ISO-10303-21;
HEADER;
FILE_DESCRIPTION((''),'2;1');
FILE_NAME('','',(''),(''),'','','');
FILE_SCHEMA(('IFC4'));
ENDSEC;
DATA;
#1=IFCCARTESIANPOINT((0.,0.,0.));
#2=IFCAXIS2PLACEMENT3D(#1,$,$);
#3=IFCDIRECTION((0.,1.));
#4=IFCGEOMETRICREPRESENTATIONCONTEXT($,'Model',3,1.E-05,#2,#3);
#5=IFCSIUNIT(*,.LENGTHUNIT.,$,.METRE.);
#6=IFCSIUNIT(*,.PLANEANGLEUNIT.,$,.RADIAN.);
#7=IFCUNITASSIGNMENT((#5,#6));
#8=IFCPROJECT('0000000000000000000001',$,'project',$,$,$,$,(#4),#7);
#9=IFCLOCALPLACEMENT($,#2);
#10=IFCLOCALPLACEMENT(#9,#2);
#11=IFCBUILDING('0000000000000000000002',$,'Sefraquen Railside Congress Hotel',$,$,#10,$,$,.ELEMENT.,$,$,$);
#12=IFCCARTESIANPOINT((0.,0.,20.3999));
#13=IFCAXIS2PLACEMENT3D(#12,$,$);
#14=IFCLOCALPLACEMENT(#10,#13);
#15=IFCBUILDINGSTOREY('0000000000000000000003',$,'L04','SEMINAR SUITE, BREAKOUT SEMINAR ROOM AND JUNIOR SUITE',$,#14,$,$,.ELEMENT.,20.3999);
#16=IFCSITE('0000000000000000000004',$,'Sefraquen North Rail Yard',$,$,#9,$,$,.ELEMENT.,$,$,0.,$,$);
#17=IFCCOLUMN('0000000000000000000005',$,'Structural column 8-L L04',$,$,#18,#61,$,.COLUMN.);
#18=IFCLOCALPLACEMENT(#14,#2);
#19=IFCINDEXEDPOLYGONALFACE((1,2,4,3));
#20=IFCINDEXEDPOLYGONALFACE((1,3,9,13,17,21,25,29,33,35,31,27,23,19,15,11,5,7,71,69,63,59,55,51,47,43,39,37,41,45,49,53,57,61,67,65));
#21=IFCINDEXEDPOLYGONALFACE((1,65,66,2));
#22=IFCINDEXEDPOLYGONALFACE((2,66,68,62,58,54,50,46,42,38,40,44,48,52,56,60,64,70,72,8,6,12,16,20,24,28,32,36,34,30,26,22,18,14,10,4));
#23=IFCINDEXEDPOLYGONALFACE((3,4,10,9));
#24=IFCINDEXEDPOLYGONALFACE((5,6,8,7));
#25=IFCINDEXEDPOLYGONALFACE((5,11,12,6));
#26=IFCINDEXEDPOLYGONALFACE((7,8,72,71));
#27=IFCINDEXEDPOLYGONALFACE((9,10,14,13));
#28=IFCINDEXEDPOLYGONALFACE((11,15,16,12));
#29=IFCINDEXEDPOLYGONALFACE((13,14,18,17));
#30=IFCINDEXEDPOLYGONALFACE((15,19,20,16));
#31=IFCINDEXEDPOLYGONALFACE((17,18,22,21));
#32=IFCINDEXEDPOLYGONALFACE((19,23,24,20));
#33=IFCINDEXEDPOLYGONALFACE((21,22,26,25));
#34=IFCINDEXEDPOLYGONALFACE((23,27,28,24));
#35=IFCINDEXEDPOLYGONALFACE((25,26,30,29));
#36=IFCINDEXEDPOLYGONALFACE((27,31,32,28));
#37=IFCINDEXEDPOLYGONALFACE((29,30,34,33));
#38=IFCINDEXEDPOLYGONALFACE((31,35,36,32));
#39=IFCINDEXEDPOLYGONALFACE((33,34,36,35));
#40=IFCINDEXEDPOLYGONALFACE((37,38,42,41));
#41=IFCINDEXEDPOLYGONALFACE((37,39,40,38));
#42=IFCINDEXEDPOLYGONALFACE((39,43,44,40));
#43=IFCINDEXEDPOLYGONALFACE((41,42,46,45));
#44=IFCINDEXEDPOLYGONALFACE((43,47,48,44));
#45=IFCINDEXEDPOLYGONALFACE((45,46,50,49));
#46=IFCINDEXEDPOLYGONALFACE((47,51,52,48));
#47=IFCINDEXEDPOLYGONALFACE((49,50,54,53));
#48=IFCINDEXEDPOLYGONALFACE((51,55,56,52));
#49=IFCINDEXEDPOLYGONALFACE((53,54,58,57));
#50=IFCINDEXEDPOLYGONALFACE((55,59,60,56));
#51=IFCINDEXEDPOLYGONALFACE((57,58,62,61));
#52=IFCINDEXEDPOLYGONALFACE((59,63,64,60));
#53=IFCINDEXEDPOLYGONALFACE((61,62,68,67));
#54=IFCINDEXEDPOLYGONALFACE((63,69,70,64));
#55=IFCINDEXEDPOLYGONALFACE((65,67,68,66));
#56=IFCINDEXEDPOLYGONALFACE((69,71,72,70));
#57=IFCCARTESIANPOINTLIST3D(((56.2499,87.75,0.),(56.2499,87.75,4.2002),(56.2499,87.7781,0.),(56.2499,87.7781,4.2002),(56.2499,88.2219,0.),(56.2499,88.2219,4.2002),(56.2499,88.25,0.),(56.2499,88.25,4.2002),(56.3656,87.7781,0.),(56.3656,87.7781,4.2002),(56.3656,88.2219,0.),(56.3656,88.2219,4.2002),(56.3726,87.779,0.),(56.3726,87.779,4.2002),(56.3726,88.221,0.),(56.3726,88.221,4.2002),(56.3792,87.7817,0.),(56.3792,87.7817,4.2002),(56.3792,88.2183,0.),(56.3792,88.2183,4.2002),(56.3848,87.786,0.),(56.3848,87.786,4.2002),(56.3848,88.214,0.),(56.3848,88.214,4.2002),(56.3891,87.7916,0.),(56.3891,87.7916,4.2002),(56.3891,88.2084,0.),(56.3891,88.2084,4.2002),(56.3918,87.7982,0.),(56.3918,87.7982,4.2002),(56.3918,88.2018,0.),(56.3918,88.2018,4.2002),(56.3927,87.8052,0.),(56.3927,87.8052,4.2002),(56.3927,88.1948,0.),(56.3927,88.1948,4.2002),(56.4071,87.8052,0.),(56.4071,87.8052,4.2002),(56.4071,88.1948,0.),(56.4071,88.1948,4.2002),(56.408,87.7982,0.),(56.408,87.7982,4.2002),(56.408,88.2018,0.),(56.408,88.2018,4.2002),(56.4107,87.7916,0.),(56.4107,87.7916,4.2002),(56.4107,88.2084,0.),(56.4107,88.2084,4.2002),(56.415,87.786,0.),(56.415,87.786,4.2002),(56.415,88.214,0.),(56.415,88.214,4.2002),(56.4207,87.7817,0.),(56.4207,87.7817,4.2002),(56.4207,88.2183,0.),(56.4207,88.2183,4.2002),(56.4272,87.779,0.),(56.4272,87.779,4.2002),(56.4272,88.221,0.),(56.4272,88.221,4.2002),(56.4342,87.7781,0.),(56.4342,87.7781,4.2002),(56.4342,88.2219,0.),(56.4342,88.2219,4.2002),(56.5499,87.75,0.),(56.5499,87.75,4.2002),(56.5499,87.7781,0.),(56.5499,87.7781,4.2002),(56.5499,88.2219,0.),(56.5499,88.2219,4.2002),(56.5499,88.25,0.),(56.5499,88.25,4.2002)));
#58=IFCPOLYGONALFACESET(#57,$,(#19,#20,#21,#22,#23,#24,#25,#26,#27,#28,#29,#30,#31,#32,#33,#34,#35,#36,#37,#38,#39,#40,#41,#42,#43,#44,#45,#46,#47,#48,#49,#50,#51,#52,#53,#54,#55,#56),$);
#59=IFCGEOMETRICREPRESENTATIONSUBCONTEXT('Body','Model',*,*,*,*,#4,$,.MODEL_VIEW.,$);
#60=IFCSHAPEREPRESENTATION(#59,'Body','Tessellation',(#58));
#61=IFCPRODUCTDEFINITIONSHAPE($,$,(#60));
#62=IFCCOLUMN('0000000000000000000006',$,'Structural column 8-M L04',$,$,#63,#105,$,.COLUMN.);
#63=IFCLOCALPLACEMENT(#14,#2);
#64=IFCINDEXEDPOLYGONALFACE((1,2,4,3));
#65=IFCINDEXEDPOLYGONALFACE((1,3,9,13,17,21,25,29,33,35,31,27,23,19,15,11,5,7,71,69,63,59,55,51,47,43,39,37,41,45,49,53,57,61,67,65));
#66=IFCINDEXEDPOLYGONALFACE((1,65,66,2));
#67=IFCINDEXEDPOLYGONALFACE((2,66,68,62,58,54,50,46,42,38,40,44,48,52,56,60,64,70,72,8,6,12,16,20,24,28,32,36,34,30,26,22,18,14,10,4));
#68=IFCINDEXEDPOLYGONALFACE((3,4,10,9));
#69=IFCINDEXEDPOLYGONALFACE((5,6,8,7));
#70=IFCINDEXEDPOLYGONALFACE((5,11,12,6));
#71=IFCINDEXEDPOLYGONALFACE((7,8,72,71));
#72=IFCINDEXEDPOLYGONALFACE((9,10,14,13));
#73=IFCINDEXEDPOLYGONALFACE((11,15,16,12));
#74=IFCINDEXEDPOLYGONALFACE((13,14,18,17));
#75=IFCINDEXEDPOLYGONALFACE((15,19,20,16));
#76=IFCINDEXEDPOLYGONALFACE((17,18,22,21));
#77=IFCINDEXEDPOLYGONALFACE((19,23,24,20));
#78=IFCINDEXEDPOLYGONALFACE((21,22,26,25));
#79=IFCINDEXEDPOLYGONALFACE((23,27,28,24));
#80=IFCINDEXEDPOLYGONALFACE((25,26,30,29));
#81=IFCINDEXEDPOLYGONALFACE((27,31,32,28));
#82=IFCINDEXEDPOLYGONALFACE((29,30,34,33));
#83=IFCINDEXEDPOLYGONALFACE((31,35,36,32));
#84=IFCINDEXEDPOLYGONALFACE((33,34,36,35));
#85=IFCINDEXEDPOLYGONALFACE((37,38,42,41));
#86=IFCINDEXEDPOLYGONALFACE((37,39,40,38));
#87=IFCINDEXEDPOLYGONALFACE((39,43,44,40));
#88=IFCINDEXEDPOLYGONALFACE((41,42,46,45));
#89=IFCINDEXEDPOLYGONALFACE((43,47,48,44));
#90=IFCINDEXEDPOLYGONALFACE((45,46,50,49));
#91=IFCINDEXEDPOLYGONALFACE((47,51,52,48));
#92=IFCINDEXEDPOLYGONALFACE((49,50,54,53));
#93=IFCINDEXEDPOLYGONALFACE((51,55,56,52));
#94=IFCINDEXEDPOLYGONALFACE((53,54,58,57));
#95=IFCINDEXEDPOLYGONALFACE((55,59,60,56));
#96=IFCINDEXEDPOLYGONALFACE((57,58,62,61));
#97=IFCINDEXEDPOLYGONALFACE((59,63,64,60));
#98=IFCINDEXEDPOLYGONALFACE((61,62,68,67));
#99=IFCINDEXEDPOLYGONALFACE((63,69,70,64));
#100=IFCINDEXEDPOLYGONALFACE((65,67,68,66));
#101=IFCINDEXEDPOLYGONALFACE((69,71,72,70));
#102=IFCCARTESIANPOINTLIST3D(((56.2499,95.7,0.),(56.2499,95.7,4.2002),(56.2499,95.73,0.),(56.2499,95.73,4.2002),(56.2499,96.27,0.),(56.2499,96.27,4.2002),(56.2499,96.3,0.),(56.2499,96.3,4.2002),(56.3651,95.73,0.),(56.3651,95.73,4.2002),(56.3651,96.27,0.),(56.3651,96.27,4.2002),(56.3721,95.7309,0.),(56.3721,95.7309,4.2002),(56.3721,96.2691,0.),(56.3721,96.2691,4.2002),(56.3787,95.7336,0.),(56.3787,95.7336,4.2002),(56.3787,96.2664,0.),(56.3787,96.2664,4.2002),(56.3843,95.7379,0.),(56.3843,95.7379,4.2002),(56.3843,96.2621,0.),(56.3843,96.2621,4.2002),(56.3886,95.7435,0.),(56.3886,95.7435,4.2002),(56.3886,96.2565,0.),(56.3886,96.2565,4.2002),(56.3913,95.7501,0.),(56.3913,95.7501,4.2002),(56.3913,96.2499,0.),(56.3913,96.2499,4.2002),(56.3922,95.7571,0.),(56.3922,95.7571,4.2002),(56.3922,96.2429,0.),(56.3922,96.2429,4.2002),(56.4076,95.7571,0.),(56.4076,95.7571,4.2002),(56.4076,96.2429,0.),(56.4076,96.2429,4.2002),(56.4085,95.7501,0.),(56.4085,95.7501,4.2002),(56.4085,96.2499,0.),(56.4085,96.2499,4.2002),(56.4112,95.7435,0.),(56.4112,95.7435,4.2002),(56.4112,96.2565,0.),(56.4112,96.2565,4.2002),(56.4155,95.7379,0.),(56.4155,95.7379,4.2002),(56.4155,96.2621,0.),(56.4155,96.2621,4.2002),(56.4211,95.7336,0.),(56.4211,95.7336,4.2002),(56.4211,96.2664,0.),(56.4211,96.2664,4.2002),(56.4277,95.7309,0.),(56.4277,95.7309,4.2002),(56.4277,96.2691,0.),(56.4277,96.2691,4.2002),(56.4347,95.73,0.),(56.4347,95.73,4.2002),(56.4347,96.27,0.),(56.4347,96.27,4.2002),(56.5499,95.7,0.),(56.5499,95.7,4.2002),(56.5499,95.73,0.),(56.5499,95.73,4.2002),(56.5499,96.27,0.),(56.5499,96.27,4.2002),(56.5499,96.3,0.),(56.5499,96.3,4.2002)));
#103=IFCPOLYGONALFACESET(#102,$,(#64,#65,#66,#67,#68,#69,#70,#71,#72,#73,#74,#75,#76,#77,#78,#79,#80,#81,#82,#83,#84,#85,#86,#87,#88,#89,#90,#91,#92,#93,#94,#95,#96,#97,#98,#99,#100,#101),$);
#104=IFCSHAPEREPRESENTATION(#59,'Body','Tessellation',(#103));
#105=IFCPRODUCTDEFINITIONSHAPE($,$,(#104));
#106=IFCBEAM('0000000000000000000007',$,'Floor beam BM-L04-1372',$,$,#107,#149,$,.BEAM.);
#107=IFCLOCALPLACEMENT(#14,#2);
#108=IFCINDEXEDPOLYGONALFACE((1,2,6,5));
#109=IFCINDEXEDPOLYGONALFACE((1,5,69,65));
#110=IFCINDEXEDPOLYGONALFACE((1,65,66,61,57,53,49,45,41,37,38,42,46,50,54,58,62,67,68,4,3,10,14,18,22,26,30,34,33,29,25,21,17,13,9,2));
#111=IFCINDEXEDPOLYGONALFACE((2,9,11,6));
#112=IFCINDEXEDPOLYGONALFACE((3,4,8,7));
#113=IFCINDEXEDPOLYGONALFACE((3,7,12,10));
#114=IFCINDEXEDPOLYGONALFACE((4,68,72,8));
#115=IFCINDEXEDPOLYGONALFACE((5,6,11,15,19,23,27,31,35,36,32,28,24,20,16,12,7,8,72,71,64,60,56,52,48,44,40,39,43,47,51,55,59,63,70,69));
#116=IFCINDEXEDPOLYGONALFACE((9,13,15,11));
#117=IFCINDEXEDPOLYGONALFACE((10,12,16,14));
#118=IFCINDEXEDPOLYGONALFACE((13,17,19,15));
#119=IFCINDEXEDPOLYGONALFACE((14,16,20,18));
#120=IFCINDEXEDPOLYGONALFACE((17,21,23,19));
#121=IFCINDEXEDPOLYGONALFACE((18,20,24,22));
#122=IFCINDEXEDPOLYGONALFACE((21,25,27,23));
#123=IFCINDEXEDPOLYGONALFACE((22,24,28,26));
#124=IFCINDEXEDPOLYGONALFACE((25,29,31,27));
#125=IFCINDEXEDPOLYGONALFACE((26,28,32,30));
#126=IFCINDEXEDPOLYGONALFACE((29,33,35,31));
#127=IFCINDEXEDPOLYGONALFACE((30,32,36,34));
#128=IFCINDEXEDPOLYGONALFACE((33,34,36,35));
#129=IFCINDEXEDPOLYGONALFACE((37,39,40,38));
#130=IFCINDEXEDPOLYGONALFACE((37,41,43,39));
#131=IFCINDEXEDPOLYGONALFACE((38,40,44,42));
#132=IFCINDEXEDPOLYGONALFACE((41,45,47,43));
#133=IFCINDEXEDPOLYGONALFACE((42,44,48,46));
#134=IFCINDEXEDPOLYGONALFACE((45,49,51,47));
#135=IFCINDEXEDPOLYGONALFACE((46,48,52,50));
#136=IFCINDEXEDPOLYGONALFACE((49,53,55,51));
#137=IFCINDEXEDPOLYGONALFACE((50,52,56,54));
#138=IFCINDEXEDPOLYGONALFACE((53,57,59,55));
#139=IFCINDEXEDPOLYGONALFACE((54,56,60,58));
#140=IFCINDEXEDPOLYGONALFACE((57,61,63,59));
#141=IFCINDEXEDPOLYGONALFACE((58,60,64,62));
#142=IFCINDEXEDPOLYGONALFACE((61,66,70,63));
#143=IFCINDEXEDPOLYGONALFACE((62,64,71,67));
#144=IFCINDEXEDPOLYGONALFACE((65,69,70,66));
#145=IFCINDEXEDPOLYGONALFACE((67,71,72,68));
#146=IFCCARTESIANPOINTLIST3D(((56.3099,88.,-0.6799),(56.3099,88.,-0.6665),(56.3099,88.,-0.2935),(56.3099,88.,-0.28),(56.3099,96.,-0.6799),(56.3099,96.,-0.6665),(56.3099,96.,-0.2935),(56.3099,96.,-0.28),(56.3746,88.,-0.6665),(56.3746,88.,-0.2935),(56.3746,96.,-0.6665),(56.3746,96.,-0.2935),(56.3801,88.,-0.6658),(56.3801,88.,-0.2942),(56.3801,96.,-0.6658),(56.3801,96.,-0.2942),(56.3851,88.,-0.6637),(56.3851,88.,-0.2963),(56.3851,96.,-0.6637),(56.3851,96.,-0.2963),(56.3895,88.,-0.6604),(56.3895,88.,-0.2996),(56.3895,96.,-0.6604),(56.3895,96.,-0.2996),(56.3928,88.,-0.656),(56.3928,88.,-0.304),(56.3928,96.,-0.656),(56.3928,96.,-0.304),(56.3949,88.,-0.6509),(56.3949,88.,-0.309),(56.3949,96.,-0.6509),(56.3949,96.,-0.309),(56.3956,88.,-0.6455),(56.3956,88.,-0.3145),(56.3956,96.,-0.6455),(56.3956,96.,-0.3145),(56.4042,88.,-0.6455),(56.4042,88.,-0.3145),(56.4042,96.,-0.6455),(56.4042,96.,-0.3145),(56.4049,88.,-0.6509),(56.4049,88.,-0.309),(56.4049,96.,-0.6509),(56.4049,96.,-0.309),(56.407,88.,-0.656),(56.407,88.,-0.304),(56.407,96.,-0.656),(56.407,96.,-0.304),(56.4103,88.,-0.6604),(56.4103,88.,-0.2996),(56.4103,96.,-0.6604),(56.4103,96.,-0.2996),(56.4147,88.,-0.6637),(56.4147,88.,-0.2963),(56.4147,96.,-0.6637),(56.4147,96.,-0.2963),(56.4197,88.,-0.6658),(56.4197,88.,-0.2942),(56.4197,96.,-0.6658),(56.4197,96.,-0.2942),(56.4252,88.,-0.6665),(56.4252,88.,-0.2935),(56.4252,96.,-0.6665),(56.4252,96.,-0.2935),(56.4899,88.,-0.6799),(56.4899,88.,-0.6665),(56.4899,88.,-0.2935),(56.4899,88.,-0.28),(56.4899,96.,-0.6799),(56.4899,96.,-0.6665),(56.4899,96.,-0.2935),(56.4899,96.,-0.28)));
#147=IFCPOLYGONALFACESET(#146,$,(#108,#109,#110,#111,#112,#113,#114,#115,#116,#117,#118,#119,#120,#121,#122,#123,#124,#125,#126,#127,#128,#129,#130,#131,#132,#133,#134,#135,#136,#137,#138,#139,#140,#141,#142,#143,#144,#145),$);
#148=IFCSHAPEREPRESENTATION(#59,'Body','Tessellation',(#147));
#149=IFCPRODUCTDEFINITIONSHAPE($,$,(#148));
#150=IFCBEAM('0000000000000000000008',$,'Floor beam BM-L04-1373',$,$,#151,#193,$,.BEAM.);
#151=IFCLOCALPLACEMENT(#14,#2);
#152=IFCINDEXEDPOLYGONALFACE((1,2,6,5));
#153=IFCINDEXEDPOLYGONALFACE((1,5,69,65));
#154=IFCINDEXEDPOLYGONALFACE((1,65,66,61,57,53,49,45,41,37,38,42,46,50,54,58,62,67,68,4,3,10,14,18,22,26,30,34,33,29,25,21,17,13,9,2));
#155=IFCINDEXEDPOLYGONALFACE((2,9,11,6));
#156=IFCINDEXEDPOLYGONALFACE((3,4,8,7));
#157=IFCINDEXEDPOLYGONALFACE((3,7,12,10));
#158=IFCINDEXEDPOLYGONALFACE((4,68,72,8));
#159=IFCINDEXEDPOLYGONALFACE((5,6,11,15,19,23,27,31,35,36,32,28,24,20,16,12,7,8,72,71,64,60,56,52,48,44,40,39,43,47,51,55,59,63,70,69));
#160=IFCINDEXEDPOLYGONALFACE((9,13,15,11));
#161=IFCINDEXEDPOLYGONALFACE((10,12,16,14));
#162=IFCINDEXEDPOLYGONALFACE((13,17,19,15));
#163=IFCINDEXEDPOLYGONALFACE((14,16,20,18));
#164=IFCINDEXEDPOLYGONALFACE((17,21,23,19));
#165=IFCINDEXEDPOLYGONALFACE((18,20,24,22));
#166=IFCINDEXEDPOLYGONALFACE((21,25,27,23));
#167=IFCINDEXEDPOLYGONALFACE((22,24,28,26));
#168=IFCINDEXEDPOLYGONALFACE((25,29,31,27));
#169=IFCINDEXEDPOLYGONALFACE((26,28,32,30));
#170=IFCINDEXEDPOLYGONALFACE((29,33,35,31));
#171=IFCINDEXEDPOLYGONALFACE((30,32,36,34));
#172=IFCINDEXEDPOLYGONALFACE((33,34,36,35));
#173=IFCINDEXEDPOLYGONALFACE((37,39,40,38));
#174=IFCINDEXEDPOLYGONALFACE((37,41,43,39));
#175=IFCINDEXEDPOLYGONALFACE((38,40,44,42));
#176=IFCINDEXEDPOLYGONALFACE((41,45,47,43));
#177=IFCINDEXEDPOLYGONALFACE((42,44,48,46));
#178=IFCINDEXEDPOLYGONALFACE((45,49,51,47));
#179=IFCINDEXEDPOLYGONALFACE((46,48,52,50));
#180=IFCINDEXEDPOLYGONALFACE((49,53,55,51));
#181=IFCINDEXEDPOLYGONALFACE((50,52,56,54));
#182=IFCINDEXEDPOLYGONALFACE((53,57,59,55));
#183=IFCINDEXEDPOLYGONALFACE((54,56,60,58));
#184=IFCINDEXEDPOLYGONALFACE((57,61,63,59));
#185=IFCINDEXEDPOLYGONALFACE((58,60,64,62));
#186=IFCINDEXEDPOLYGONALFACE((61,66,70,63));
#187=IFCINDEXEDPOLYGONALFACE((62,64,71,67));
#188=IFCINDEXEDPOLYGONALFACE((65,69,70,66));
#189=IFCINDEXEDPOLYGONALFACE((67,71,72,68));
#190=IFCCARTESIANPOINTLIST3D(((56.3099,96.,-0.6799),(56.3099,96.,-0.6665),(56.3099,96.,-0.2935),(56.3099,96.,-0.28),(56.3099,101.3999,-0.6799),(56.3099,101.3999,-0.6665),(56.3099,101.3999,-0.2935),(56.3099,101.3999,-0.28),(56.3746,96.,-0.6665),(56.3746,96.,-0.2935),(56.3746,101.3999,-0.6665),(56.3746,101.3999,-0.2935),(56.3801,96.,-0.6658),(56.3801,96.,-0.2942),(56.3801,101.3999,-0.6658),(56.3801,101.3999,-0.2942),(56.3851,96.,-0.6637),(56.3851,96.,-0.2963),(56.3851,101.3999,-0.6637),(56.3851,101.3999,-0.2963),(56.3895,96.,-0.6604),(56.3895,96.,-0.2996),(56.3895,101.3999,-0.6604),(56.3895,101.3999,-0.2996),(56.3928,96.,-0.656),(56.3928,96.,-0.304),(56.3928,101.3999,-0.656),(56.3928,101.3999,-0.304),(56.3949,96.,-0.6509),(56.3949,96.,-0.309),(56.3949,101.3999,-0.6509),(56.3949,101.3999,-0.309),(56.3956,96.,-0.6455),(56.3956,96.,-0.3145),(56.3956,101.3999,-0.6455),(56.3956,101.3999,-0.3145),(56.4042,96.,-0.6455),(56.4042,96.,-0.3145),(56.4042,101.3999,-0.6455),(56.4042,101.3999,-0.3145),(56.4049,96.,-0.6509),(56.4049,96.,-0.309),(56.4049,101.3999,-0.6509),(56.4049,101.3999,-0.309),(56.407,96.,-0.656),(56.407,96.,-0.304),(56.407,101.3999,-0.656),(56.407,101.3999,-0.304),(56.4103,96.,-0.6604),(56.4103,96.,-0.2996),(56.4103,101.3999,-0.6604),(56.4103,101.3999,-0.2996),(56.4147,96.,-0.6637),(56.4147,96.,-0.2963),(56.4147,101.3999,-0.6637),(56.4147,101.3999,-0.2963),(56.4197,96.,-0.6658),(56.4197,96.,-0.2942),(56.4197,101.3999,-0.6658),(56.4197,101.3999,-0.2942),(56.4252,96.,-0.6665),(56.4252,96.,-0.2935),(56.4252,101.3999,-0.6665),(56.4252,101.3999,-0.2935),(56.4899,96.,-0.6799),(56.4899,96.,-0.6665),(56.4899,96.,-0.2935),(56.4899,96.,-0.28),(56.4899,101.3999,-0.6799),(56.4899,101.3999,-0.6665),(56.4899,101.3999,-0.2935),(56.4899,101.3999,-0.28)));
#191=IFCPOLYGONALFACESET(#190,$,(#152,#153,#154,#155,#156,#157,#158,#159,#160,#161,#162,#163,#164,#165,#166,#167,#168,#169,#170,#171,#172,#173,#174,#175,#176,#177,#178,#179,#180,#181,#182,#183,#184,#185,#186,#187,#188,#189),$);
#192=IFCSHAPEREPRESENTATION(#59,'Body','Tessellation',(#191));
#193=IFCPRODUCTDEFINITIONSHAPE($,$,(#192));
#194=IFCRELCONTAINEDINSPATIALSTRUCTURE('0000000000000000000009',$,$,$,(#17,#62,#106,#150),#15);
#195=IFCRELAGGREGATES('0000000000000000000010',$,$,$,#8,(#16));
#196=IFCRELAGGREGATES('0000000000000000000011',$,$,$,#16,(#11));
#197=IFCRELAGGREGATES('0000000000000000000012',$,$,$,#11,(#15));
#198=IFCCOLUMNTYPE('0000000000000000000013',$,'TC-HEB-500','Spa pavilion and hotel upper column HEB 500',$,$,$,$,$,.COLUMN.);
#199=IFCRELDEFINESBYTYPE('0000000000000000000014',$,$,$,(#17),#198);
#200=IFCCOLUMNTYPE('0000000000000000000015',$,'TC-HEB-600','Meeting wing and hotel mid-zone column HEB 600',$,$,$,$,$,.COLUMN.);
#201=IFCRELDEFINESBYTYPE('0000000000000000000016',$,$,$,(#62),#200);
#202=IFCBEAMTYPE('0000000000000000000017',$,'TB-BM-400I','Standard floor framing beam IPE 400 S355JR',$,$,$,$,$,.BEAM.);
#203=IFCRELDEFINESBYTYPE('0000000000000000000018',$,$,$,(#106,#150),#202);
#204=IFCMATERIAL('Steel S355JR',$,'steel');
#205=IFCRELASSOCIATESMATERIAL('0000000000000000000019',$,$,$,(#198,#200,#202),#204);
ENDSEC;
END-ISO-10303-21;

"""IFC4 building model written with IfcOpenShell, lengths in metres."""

from ifc_helpers import new_model, si_unit, direction, frame, origin, origin_2d, place, context, subcontext, project, spatial, i_section, extrude, material, material_profile, profile_set, type_object, element, save


model = new_model("IFC4")

# Units and contexts
model_context = context("Model", 3, precision=1e-05, world=origin(), true_north=direction((0.0, 1.0)))
body_context = subcontext(model_context, "Body", "Model", "MODEL_VIEW")
ifc_project = project(units=[si_unit("LENGTHUNIT", "METRE"), si_unit("PLANEANGLEUNIT", "RADIAN")], contexts=[model_context])

# Site, building, storey
site_placement = place(None, origin())
site = spatial("IfcSite", under=ifc_project, at=site_placement, Name="Sefraquen North Rail Yard", CompositionType="ELEMENT", RefElevation=0.0)
building_placement = place(site_placement, origin())
building = spatial("IfcBuilding", under=site, at=building_placement, Name="Sefraquen Railside Congress Hotel", CompositionType="ELEMENT")
storey_placement = place(building_placement, frame((0.0, 0.0, 20.3999)))
storey = spatial("IfcBuildingStorey", under=building, at=storey_placement, Name="L04", Description="SEMINAR SUITE, BREAKOUT SEMINAR ROOM AND JUNIOR SUITE", CompositionType="ELEMENT", Elevation=20.3999)

# Columns
ifc_material_1 = material(Name="Steel S355JR", Category="steel")
ifc_material_profile_1 = material_profile(ifc_material_1, i_section(OverallWidth=0.3, OverallDepth=0.5, WebThickness=0.0144, FlangeThickness=0.0281, FilletRadius=0.0271, at=origin_2d()), Name="HEB 500")
ifc_profile_set_1 = profile_set([ifc_material_profile_1], Name="Steel S355JR")
column_type_1 = type_object("IfcColumnType", Name="TC-HEB-500", Description="Spa pavilion and hotel upper column HEB 500", PredefinedType="COLUMN", material=ifc_profile_set_1)
column_1_placement = place(storey_placement, frame((56.3999, 88.0, 0.0), z_axis=(0.0, 0.0, 1.0), x_axis=(1.0, 0.0, 0.0)))
element("IfcColumn", 1, at=column_1_placement, inside=storey, type_object=column_type_1, Name="Structural column 8-L L04", PredefinedType="COLUMN", context=body_context, shape_type="SweptSolid", body=[
    extrude(i_section(OverallWidth=0.3, OverallDepth=0.5, WebThickness=0.0144, FlangeThickness=0.0281, FilletRadius=0.0271, at=origin_2d()), origin(), (0.0, 0.0, 1.0), 4.2002),
])
ifc_material_profile_2 = material_profile(ifc_material_1, i_section(OverallWidth=0.3, OverallDepth=0.6001, WebThickness=0.0154, FlangeThickness=0.03, FilletRadius=0.0271, at=origin_2d()), Name="HEB 600")
ifc_profile_set_2 = profile_set([ifc_material_profile_2], Name="Steel S355JR")
column_type_2 = type_object("IfcColumnType", Name="TC-HEB-600", Description="Meeting wing and hotel mid-zone column HEB 600", PredefinedType="COLUMN", material=ifc_profile_set_2)
column_2_placement = place(storey_placement, frame((56.3999, 96.0, 0.0), z_axis=(0.0, 0.0, 1.0), x_axis=(1.0, 0.0, 0.0)))
element("IfcColumn", 2, at=column_2_placement, inside=storey, type_object=column_type_2, Name="Structural column 8-M L04", PredefinedType="COLUMN", context=body_context, shape_type="SweptSolid", body=[
    extrude(i_section(OverallWidth=0.3, OverallDepth=0.6001, WebThickness=0.0154, FlangeThickness=0.03, FilletRadius=0.0271, at=origin_2d()), origin(), (0.0, 0.0, 1.0), 4.2002),
])

# Beams
ifc_material_profile_3 = material_profile(ifc_material_1, i_section(OverallWidth=0.1799, OverallDepth=0.3999, WebThickness=0.0085, FlangeThickness=0.0134, FilletRadius=0.021, at=origin_2d()), Name="IPE 400")
ifc_profile_set_3 = profile_set([ifc_material_profile_3], Name="Steel S355JR")
beam_type_1 = type_object("IfcBeamType", Name="TB-BM-400I", Description="Standard floor framing beam IPE 400 S355JR", PredefinedType="BEAM", material=ifc_profile_set_3)
beam_1_placement = place(storey_placement, frame((56.3999, 88.0, -0.48), z_axis=(0.0, 1.0, 0.0), x_axis=(-1.0, 0.0, 0.0)))
element("IfcBeam", 3, at=beam_1_placement, inside=storey, type_object=beam_type_1, Name="Floor beam BM-L04-1372", PredefinedType="BEAM", context=body_context, shape_type="SweptSolid", body=[
    extrude(i_section(OverallWidth=0.1799, OverallDepth=0.3999, WebThickness=0.0085, FlangeThickness=0.0134, FilletRadius=0.021, at=origin_2d()), origin(), (0.0, 0.0, 1.0), 8.0),
])
beam_2_placement = place(storey_placement, frame((56.3999, 96.0, -0.48), z_axis=(0.0, 1.0, 0.0), x_axis=(-1.0, 0.0, 0.0)))
element("IfcBeam", 4, at=beam_2_placement, inside=storey, type_object=beam_type_1, Name="Floor beam BM-L04-1373", PredefinedType="BEAM", context=body_context, shape_type="SweptSolid", body=[
    extrude(i_section(OverallWidth=0.1799, OverallDepth=0.3999, WebThickness=0.0085, FlangeThickness=0.0134, FilletRadius=0.021, at=origin_2d()), origin(), (0.0, 0.0, 1.0), 5.3999),
])

save(model, "model.ifc")
